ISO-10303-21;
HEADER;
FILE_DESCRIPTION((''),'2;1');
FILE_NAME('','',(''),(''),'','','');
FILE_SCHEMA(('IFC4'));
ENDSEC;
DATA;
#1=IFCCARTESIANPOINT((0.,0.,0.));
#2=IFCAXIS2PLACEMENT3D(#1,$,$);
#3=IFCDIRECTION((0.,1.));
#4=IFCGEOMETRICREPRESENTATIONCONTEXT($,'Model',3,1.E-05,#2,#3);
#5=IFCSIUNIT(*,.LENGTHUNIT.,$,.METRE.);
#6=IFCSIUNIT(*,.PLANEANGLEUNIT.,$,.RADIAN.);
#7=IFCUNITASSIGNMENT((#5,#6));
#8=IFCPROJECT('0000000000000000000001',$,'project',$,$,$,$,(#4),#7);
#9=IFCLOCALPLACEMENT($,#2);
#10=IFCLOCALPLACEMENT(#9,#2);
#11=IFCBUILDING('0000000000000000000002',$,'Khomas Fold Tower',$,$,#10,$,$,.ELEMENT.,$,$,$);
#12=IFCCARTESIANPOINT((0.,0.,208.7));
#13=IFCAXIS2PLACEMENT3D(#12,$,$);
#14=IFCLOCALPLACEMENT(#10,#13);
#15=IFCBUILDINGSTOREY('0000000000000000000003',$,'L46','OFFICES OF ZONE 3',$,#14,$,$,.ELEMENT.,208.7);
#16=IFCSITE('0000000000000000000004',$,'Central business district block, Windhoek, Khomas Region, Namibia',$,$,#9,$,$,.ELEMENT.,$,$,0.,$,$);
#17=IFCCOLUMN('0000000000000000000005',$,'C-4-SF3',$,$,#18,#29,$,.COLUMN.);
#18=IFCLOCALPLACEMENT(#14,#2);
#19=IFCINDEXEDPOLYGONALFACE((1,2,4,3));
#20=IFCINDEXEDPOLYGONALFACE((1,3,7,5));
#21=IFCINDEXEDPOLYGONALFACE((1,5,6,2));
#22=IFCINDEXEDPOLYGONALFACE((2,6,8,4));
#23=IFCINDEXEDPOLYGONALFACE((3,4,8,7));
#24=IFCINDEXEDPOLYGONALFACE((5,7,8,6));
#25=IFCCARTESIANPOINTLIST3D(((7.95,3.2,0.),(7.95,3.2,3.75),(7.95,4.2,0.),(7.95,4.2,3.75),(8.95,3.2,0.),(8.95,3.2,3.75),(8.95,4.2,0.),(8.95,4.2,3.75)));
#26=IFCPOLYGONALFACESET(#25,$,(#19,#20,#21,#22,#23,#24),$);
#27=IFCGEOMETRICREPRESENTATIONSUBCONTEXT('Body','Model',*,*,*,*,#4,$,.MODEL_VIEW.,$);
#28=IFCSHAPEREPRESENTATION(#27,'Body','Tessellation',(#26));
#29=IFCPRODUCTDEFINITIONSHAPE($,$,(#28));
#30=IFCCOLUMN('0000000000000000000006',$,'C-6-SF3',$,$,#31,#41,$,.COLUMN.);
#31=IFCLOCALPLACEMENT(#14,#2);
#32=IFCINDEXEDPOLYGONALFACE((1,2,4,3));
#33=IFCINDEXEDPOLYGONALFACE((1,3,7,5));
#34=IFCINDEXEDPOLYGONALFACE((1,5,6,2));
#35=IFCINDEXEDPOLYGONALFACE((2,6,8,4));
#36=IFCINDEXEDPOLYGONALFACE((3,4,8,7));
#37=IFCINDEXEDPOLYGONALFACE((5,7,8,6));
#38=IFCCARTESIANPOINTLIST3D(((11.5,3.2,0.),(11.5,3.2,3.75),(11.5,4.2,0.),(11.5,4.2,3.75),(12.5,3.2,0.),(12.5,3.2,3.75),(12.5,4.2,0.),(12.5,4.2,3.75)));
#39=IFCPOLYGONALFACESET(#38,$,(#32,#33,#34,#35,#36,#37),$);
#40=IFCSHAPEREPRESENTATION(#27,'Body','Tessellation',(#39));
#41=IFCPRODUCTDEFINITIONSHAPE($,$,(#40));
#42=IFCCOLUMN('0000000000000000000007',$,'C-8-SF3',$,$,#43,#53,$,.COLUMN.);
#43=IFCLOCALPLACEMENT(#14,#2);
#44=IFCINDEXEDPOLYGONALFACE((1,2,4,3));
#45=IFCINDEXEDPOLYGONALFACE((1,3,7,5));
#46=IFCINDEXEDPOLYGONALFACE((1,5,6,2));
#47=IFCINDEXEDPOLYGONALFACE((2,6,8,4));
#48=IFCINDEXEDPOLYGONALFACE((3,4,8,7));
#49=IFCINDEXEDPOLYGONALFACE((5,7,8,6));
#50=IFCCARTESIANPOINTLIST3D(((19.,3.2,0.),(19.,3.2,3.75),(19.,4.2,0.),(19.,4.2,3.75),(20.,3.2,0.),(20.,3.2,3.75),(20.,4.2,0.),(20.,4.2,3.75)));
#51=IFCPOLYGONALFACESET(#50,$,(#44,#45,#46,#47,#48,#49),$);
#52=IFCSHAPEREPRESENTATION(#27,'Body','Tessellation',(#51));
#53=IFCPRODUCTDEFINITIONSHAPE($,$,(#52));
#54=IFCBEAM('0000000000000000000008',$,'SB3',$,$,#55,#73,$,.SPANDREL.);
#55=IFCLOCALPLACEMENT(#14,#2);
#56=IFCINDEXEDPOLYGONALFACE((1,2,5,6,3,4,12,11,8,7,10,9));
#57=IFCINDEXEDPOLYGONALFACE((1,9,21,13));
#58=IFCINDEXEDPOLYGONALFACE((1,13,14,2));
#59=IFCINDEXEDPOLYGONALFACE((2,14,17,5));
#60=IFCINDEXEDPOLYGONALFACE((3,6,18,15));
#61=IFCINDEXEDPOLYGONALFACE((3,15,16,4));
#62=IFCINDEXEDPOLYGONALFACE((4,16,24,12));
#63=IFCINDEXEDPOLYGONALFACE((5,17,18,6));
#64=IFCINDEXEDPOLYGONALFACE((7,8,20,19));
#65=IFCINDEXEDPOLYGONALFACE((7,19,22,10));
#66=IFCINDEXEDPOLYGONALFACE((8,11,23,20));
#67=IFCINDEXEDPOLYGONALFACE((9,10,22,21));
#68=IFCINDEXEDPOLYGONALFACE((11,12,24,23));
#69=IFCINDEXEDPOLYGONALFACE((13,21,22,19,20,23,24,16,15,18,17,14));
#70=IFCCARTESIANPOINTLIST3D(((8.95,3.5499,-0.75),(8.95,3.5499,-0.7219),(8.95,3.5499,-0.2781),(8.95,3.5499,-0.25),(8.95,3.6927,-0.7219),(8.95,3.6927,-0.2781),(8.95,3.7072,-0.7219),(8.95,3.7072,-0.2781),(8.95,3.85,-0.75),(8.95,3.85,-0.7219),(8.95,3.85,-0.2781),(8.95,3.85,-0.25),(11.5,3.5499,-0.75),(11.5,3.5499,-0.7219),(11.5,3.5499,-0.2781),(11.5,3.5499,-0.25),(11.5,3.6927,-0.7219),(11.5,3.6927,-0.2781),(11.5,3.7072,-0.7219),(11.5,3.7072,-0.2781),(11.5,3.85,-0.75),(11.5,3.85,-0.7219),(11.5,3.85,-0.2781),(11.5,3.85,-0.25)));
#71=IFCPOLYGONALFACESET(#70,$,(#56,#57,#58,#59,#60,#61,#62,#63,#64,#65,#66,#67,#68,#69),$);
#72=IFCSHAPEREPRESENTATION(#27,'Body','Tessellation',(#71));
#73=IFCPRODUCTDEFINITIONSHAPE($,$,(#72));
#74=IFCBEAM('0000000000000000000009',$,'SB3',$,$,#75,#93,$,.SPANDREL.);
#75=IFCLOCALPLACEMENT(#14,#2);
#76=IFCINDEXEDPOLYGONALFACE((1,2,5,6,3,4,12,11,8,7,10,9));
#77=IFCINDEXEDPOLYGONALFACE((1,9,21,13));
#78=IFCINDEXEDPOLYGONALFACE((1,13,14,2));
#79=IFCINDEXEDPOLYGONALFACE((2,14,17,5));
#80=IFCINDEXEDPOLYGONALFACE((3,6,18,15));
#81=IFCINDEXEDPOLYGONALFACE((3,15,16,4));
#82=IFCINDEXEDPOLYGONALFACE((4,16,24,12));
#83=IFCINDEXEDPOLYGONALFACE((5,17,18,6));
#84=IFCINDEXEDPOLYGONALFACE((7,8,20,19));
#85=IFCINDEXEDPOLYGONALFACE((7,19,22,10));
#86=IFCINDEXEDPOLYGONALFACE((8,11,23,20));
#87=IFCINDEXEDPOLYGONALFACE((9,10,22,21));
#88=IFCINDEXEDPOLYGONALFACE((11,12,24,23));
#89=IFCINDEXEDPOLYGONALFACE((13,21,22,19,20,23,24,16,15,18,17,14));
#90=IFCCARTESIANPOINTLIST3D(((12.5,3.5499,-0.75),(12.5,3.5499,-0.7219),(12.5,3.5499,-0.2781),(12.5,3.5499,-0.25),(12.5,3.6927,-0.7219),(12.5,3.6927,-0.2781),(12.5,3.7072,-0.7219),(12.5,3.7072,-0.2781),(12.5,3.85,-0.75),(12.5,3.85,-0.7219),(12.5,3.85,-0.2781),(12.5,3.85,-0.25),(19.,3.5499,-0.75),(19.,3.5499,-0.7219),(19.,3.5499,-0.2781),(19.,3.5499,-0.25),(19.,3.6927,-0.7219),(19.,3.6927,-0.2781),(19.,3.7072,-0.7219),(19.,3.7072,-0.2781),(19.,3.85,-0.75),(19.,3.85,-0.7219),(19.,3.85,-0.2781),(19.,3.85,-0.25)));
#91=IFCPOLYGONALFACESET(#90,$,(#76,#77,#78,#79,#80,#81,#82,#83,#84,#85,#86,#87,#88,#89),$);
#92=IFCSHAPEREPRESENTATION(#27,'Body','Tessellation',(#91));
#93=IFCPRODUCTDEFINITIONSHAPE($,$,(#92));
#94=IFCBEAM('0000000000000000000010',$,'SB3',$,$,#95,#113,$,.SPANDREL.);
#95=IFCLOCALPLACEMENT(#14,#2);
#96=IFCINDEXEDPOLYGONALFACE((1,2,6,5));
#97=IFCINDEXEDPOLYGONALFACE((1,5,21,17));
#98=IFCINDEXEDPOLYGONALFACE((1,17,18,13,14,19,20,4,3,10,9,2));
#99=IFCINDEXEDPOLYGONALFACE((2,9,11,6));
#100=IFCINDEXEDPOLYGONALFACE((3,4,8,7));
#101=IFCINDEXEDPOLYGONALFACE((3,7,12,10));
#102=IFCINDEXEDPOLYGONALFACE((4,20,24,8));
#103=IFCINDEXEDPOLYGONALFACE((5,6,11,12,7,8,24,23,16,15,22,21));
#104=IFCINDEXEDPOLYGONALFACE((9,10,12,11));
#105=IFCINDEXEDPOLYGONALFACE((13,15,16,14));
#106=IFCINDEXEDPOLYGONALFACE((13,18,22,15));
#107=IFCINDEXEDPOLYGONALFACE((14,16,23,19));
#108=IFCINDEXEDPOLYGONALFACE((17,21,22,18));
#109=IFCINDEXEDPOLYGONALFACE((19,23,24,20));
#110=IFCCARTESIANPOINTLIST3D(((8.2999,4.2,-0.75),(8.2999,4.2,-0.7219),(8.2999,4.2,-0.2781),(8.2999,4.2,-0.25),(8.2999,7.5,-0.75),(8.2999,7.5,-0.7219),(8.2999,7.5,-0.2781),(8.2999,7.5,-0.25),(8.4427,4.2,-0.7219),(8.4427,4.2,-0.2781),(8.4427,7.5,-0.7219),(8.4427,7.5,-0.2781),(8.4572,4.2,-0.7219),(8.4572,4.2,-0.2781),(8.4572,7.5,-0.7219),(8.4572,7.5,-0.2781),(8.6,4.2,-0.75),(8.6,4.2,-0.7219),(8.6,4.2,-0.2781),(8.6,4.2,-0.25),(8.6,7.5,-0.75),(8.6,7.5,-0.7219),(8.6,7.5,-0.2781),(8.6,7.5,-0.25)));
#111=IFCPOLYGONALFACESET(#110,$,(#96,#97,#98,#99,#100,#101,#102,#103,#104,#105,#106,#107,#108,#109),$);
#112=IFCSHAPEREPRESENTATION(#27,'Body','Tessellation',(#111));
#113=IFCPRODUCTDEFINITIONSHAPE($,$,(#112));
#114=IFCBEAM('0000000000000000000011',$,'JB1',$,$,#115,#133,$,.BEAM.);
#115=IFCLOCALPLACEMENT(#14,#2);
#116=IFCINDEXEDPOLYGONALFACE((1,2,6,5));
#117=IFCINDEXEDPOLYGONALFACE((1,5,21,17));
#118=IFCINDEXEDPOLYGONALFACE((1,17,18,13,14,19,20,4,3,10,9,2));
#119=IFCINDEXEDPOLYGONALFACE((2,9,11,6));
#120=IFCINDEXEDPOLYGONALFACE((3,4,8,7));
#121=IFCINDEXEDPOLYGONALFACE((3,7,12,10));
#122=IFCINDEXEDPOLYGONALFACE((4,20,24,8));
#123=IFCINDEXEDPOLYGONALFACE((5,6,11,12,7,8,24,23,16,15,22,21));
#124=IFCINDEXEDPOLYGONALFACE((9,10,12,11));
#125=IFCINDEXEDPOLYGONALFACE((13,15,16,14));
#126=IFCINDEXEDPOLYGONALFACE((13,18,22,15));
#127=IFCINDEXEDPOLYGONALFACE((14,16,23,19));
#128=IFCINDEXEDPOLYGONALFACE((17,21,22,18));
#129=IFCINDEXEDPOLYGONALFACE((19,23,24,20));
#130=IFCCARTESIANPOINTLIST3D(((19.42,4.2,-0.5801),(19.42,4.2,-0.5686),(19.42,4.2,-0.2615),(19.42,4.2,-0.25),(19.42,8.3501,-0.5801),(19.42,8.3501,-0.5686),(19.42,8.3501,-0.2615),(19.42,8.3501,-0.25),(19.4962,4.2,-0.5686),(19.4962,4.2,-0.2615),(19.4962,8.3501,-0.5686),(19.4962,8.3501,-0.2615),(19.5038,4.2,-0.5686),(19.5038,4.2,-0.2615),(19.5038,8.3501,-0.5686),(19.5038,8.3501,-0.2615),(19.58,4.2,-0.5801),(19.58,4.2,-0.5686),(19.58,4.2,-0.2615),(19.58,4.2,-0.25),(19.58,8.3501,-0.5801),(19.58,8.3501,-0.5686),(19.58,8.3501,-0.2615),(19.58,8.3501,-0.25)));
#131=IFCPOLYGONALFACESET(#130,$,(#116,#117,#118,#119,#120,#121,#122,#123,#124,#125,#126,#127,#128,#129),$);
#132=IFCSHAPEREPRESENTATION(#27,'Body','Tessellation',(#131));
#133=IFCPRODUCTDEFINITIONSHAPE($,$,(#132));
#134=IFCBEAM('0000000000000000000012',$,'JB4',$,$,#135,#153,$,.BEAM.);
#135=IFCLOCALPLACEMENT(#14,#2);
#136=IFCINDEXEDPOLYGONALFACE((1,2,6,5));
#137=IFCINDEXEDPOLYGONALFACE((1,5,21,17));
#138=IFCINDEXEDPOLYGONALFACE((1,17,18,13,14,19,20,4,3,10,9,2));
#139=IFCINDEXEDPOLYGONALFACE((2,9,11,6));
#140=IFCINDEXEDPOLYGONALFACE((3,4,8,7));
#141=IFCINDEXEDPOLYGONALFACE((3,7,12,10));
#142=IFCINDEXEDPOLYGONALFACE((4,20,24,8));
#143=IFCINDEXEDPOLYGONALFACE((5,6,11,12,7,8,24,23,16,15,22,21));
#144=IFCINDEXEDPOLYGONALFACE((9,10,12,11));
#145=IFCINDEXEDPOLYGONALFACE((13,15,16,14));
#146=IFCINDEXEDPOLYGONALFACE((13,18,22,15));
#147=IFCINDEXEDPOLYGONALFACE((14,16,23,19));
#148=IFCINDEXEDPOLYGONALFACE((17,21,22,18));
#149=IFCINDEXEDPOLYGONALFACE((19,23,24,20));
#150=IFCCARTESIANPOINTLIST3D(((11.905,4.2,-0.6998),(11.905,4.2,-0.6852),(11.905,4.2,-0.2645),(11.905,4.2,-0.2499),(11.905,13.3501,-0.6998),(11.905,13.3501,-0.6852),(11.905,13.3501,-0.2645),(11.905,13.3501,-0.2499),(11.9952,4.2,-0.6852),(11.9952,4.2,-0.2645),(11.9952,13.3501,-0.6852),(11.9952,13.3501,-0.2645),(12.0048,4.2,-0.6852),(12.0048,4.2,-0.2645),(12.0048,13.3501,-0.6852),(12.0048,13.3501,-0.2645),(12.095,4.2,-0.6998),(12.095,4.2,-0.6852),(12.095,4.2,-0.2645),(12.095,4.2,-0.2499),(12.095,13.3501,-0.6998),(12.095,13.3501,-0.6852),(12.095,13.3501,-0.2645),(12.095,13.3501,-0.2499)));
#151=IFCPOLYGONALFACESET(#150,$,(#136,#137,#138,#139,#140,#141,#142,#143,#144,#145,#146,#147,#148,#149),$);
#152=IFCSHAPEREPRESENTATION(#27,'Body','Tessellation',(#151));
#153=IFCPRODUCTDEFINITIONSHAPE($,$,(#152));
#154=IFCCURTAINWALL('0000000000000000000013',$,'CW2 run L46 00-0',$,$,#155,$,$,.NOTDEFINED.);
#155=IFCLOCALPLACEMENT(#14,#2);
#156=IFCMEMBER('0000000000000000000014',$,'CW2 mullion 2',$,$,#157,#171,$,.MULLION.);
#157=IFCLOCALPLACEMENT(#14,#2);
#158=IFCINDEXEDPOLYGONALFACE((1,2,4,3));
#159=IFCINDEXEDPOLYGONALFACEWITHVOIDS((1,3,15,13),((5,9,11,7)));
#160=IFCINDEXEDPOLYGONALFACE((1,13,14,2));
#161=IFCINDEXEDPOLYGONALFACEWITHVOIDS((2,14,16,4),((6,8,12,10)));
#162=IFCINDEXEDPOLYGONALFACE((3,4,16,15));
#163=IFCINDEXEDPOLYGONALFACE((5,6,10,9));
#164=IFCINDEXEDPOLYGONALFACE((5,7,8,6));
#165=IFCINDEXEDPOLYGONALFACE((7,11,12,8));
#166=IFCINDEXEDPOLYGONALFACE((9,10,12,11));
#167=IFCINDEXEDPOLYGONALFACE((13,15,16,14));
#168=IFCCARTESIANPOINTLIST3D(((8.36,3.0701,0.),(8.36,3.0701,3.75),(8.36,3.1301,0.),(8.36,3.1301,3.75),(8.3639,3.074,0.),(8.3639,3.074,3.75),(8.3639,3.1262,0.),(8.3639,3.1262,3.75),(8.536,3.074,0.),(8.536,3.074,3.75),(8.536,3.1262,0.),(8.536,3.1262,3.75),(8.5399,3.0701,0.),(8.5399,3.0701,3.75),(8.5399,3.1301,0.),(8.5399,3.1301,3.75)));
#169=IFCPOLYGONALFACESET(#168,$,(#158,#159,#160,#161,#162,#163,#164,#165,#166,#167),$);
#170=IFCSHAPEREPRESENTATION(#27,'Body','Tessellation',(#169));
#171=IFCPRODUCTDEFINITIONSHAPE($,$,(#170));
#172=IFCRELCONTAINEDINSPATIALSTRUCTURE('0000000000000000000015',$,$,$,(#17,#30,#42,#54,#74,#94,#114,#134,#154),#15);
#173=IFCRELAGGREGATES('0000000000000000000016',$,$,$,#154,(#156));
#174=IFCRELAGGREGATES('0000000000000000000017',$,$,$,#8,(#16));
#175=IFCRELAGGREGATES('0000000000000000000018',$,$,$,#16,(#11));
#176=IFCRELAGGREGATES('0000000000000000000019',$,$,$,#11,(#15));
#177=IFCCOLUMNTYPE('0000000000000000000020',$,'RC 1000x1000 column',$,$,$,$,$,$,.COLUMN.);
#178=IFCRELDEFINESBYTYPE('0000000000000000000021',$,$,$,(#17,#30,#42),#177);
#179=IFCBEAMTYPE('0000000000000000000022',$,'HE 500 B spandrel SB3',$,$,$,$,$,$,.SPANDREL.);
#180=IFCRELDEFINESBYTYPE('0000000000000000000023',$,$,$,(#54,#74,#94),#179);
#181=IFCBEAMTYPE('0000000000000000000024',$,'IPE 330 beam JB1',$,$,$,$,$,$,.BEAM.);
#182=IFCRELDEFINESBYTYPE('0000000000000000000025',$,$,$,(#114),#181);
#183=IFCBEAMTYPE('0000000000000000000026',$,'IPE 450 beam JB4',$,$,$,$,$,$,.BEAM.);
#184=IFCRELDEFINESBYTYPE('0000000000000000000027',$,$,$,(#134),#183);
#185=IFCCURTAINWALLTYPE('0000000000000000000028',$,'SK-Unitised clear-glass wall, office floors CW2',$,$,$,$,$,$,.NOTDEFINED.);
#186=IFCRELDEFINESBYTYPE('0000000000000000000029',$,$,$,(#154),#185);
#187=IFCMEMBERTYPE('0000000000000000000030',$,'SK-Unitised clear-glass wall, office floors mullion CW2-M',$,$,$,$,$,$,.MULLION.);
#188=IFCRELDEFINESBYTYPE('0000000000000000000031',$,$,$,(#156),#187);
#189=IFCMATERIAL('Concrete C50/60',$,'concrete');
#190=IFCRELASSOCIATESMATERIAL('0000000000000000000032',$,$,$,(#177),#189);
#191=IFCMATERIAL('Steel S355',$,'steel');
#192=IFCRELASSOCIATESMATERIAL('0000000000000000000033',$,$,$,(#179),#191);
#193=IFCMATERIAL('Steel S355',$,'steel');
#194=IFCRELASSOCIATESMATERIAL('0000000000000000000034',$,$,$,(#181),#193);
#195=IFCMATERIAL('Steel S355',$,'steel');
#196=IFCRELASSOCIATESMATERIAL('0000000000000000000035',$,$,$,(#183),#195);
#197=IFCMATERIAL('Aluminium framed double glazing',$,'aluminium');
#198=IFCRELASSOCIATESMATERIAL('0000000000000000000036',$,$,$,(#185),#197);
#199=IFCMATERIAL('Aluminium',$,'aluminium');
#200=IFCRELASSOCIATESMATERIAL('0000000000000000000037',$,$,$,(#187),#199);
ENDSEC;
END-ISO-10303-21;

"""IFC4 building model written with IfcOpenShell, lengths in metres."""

from ifc_helpers import new_model, si_unit, direction, frame, origin, origin_2d, place, context, subcontext, project, spatial, rectangle, hollow_rectangle, i_section, extrude, source, transform, mapped, material, material_profile, profile_set, type_object, element, aggregate, save


model = new_model("IFC4")

# Units and contexts
model_context = context("Model", 3, precision=1e-05, world=origin(), true_north=direction((0.0, 1.0)))
body_context = subcontext(model_context, "Body", "Model", "MODEL_VIEW")
ifc_project = project(units=[si_unit("LENGTHUNIT", "METRE"), si_unit("PLANEANGLEUNIT", "RADIAN")], contexts=[model_context])

# Site, building, storey
site_placement = place(None, origin())
site = spatial("IfcSite", under=ifc_project, at=site_placement, Name="Central business district block, Windhoek, Khomas Region, Namibia", CompositionType="ELEMENT", RefElevation=0.0)
building_placement = place(site_placement, origin())
building = spatial("IfcBuilding", under=site, at=building_placement, Name="Khomas Fold Tower", CompositionType="ELEMENT")
storey_placement = place(building_placement, frame((0.0, 0.0, 208.7)))
storey = spatial("IfcBuildingStorey", under=building, at=storey_placement, Name="L46", Description="OFFICES OF ZONE 3", CompositionType="ELEMENT", Elevation=208.7)

# Columns
ifc_material_1 = material(Name="Concrete C50/60", Category="concrete")
ifc_material_profile_1 = material_profile(ifc_material_1, rectangle(XDim=1.0, YDim=1.0, at=origin_2d()), Name="RC 1000x1000")
ifc_profile_set_1 = profile_set([ifc_material_profile_1], Name="Concrete C50/60")
column_type = type_object("IfcColumnType", Name="RC 1000x1000 column", PredefinedType="COLUMN", material=ifc_profile_set_1)
shared_shape_1 = source(origin(), body_context, "Body", "SweptSolid", [
    extrude(rectangle(XDim=1.0, YDim=1.0, at=origin_2d()), origin(), (0.0, 0.0, 1.0), 3.75),
])
for number, where, z_axis, x_axis, name in (
    (1, (8.45, 3.7, 0.0), (0.0, 0.0, 1.0), (1.0, 0.0, 0.0), "C-4-SF3"),
    (2, (12.0, 3.7, 0.0), (0.0, 0.0, 1.0), (1.0, 0.0, 0.0), "C-6-SF3"),
    (3, (19.5, 3.7, 0.0), (0.0, 0.0, 1.0), (1.0, 0.0, 0.0), "C-8-SF3"),
):
    element("IfcColumn", number, at=place(storey_placement, frame(where, z_axis=z_axis, x_axis=x_axis)), inside=storey, type_object=column_type, Name=name, PredefinedType="COLUMN", context=body_context, shape_type="MappedRepresentation", body=[
        mapped(shared_shape_1, transform((0.0, 0.0, 0.0))),
    ])

# Beams
ifc_material_2 = material(Name="Steel S355", Category="steel")
ifc_material_profile_2 = material_profile(ifc_material_2, i_section(OverallWidth=0.3, OverallDepth=0.5, WebThickness=0.0144, FlangeThickness=0.0281, at=origin_2d()), Name="HE 500 B")
ifc_profile_set_2 = profile_set([ifc_material_profile_2], Name="Steel S355")
beam_type_1 = type_object("IfcBeamType", Name="HE 500 B spandrel SB3", PredefinedType="SPANDREL", material=ifc_profile_set_2)
shared_shape_2 = source(origin(), body_context, "Body", "SweptSolid", [
    extrude(i_section(OverallWidth=0.3, OverallDepth=0.5, WebThickness=0.0144, FlangeThickness=0.0281, at=origin_2d()), origin(), (0.0, 0.0, 1.0), 2.55),
])
beam_1_placement = place(storey_placement, frame((8.95, 3.7, -0.5), z_axis=(1.0, 0.0, 0.0), x_axis=(0.0, 1.0, 0.0)))
element("IfcBeam", 4, at=beam_1_placement, inside=storey, type_object=beam_type_1, Name="SB3", PredefinedType="SPANDREL", context=body_context, shape_type="MappedRepresentation", body=[
    mapped(shared_shape_2, transform((0.0, 0.0, 0.0))),
])
shared_shape_3 = source(origin(), body_context, "Body", "SweptSolid", [
    extrude(i_section(OverallWidth=0.3, OverallDepth=0.5, WebThickness=0.0144, FlangeThickness=0.0281, at=origin_2d()), origin(), (0.0, 0.0, 1.0), 6.5),
])
beam_2_placement = place(storey_placement, frame((12.5, 3.7, -0.5), z_axis=(1.0, 0.0, 0.0), x_axis=(0.0, 1.0, 0.0)))
element("IfcBeam", 5, at=beam_2_placement, inside=storey, type_object=beam_type_1, Name="SB3", PredefinedType="SPANDREL", context=body_context, shape_type="MappedRepresentation", body=[
    mapped(shared_shape_3, transform((0.0, 0.0, 0.0))),
])
shared_shape_4 = source(origin(), body_context, "Body", "SweptSolid", [
    extrude(i_section(OverallWidth=0.3, OverallDepth=0.5, WebThickness=0.0144, FlangeThickness=0.0281, at=origin_2d()), origin(), (0.0, 0.0, 1.0), 3.3),
])
beam_3_placement = place(storey_placement, frame((8.45, 4.2, -0.5), z_axis=(0.0, 1.0, 0.0), x_axis=(-1.0, 0.0, 0.0)))
element("IfcBeam", 6, at=beam_3_placement, inside=storey, type_object=beam_type_1, Name="SB3", PredefinedType="SPANDREL", context=body_context, shape_type="MappedRepresentation", body=[
    mapped(shared_shape_4, transform((0.0, 0.0, 0.0))),
])
ifc_material_3 = material(Name="Steel S355", Category="steel")
ifc_material_profile_3 = material_profile(ifc_material_3, i_section(OverallWidth=0.1599, OverallDepth=0.3301, WebThickness=0.0076, FlangeThickness=0.0115, at=origin_2d()), Name="IPE 330")
ifc_profile_set_3 = profile_set([ifc_material_profile_3], Name="Steel S355")
beam_type_2 = type_object("IfcBeamType", Name="IPE 330 beam JB1", PredefinedType="BEAM", material=ifc_profile_set_3)
shared_shape_5 = source(origin(), body_context, "Body", "SweptSolid", [
    extrude(i_section(OverallWidth=0.1599, OverallDepth=0.3301, WebThickness=0.0076, FlangeThickness=0.0115, at=origin_2d()), origin(), (0.0, 0.0, 1.0), 4.1501),
])
beam_4_placement = place(storey_placement, frame((19.5, 4.2, -0.415), z_axis=(0.0, 1.0, 0.0), x_axis=(-1.0, 0.0, 0.0)))
element("IfcBeam", 7, at=beam_4_placement, inside=storey, type_object=beam_type_2, Name="JB1", PredefinedType="BEAM", context=body_context, shape_type="MappedRepresentation", body=[
    mapped(shared_shape_5, transform((0.0, 0.0, 0.0))),
])
ifc_material_4 = material(Name="Steel S355", Category="steel")
ifc_material_profile_4 = material_profile(ifc_material_4, i_section(OverallWidth=0.1899, OverallDepth=0.45, WebThickness=0.0095, FlangeThickness=0.0146, at=origin_2d()), Name="IPE 450")
ifc_profile_set_4 = profile_set([ifc_material_profile_4], Name="Steel S355")
beam_type_3 = type_object("IfcBeamType", Name="IPE 450 beam JB4", PredefinedType="BEAM", material=ifc_profile_set_4)
shared_shape_6 = source(origin(), body_context, "Body", "SweptSolid", [
    extrude(i_section(OverallWidth=0.1899, OverallDepth=0.45, WebThickness=0.0095, FlangeThickness=0.0146, at=origin_2d()), origin(), (0.0, 0.0, 1.0), 9.1501),
])
beam_5_placement = place(storey_placement, frame((12.0, 4.2, -0.4749), z_axis=(0.0, 1.0, 0.0), x_axis=(-1.0, 0.0, 0.0)))
element("IfcBeam", 8, at=beam_5_placement, inside=storey, type_object=beam_type_3, Name="JB4", PredefinedType="BEAM", context=body_context, shape_type="MappedRepresentation", body=[
    mapped(shared_shape_6, transform((0.0, 0.0, 0.0))),
])

# Curtain wall, member
ifc_material_5 = material(Name="Aluminium framed double glazing", Category="aluminium")
curtain_wall_type = type_object("IfcCurtainWallType", Name="SK-Unitised clear-glass wall, office floors CW2", PredefinedType="NOTDEFINED", material=ifc_material_5)
curtain_wall_1_placement = place(storey_placement, origin())
curtain_wall_1 = element("IfcCurtainWall", 9, at=curtain_wall_1_placement, inside=storey, type_object=curtain_wall_type, Name="CW2 run L46 00-0", PredefinedType="NOTDEFINED")
ifc_material_6 = material(Name="Aluminium", Category="aluminium")
ifc_material_profile_5 = material_profile(ifc_material_6, hollow_rectangle(XDim=0.0601, YDim=0.1799, WallThickness=0.0039, at=origin_2d()), Name="SK-Unitised clear-glass wall, office floors mullion CW2-M")
ifc_profile_set_5 = profile_set([ifc_material_profile_5], Name="Aluminium")
member_type_1 = type_object("IfcMemberType", Name="SK-Unitised clear-glass wall, office floors mullion CW2-M", PredefinedType="MULLION", material=ifc_profile_set_5)
shared_shape_7 = source(origin(), body_context, "Body", "SweptSolid", [
    extrude(hollow_rectangle(XDim=0.0601, YDim=0.1799, WallThickness=0.0039, at=origin_2d()), origin(), (0.0, 0.0, 1.0), 3.75),
])
member_1_placement = place(storey_placement, frame((8.45, 3.1001, 0.0), z_axis=(0.0, 0.0, 1.0), x_axis=(0.0, 1.0, 0.0)))
member_1 = element("IfcMember", 10, at=member_1_placement, type_object=member_type_1, Name="CW2 mullion 2", PredefinedType="MULLION", context=body_context, shape_type="MappedRepresentation", body=[
    mapped(shared_shape_7, transform((0.0, 0.0, 0.0))),
])

aggregate(curtain_wall_1, [member_1])

save(model, "model.ifc")
